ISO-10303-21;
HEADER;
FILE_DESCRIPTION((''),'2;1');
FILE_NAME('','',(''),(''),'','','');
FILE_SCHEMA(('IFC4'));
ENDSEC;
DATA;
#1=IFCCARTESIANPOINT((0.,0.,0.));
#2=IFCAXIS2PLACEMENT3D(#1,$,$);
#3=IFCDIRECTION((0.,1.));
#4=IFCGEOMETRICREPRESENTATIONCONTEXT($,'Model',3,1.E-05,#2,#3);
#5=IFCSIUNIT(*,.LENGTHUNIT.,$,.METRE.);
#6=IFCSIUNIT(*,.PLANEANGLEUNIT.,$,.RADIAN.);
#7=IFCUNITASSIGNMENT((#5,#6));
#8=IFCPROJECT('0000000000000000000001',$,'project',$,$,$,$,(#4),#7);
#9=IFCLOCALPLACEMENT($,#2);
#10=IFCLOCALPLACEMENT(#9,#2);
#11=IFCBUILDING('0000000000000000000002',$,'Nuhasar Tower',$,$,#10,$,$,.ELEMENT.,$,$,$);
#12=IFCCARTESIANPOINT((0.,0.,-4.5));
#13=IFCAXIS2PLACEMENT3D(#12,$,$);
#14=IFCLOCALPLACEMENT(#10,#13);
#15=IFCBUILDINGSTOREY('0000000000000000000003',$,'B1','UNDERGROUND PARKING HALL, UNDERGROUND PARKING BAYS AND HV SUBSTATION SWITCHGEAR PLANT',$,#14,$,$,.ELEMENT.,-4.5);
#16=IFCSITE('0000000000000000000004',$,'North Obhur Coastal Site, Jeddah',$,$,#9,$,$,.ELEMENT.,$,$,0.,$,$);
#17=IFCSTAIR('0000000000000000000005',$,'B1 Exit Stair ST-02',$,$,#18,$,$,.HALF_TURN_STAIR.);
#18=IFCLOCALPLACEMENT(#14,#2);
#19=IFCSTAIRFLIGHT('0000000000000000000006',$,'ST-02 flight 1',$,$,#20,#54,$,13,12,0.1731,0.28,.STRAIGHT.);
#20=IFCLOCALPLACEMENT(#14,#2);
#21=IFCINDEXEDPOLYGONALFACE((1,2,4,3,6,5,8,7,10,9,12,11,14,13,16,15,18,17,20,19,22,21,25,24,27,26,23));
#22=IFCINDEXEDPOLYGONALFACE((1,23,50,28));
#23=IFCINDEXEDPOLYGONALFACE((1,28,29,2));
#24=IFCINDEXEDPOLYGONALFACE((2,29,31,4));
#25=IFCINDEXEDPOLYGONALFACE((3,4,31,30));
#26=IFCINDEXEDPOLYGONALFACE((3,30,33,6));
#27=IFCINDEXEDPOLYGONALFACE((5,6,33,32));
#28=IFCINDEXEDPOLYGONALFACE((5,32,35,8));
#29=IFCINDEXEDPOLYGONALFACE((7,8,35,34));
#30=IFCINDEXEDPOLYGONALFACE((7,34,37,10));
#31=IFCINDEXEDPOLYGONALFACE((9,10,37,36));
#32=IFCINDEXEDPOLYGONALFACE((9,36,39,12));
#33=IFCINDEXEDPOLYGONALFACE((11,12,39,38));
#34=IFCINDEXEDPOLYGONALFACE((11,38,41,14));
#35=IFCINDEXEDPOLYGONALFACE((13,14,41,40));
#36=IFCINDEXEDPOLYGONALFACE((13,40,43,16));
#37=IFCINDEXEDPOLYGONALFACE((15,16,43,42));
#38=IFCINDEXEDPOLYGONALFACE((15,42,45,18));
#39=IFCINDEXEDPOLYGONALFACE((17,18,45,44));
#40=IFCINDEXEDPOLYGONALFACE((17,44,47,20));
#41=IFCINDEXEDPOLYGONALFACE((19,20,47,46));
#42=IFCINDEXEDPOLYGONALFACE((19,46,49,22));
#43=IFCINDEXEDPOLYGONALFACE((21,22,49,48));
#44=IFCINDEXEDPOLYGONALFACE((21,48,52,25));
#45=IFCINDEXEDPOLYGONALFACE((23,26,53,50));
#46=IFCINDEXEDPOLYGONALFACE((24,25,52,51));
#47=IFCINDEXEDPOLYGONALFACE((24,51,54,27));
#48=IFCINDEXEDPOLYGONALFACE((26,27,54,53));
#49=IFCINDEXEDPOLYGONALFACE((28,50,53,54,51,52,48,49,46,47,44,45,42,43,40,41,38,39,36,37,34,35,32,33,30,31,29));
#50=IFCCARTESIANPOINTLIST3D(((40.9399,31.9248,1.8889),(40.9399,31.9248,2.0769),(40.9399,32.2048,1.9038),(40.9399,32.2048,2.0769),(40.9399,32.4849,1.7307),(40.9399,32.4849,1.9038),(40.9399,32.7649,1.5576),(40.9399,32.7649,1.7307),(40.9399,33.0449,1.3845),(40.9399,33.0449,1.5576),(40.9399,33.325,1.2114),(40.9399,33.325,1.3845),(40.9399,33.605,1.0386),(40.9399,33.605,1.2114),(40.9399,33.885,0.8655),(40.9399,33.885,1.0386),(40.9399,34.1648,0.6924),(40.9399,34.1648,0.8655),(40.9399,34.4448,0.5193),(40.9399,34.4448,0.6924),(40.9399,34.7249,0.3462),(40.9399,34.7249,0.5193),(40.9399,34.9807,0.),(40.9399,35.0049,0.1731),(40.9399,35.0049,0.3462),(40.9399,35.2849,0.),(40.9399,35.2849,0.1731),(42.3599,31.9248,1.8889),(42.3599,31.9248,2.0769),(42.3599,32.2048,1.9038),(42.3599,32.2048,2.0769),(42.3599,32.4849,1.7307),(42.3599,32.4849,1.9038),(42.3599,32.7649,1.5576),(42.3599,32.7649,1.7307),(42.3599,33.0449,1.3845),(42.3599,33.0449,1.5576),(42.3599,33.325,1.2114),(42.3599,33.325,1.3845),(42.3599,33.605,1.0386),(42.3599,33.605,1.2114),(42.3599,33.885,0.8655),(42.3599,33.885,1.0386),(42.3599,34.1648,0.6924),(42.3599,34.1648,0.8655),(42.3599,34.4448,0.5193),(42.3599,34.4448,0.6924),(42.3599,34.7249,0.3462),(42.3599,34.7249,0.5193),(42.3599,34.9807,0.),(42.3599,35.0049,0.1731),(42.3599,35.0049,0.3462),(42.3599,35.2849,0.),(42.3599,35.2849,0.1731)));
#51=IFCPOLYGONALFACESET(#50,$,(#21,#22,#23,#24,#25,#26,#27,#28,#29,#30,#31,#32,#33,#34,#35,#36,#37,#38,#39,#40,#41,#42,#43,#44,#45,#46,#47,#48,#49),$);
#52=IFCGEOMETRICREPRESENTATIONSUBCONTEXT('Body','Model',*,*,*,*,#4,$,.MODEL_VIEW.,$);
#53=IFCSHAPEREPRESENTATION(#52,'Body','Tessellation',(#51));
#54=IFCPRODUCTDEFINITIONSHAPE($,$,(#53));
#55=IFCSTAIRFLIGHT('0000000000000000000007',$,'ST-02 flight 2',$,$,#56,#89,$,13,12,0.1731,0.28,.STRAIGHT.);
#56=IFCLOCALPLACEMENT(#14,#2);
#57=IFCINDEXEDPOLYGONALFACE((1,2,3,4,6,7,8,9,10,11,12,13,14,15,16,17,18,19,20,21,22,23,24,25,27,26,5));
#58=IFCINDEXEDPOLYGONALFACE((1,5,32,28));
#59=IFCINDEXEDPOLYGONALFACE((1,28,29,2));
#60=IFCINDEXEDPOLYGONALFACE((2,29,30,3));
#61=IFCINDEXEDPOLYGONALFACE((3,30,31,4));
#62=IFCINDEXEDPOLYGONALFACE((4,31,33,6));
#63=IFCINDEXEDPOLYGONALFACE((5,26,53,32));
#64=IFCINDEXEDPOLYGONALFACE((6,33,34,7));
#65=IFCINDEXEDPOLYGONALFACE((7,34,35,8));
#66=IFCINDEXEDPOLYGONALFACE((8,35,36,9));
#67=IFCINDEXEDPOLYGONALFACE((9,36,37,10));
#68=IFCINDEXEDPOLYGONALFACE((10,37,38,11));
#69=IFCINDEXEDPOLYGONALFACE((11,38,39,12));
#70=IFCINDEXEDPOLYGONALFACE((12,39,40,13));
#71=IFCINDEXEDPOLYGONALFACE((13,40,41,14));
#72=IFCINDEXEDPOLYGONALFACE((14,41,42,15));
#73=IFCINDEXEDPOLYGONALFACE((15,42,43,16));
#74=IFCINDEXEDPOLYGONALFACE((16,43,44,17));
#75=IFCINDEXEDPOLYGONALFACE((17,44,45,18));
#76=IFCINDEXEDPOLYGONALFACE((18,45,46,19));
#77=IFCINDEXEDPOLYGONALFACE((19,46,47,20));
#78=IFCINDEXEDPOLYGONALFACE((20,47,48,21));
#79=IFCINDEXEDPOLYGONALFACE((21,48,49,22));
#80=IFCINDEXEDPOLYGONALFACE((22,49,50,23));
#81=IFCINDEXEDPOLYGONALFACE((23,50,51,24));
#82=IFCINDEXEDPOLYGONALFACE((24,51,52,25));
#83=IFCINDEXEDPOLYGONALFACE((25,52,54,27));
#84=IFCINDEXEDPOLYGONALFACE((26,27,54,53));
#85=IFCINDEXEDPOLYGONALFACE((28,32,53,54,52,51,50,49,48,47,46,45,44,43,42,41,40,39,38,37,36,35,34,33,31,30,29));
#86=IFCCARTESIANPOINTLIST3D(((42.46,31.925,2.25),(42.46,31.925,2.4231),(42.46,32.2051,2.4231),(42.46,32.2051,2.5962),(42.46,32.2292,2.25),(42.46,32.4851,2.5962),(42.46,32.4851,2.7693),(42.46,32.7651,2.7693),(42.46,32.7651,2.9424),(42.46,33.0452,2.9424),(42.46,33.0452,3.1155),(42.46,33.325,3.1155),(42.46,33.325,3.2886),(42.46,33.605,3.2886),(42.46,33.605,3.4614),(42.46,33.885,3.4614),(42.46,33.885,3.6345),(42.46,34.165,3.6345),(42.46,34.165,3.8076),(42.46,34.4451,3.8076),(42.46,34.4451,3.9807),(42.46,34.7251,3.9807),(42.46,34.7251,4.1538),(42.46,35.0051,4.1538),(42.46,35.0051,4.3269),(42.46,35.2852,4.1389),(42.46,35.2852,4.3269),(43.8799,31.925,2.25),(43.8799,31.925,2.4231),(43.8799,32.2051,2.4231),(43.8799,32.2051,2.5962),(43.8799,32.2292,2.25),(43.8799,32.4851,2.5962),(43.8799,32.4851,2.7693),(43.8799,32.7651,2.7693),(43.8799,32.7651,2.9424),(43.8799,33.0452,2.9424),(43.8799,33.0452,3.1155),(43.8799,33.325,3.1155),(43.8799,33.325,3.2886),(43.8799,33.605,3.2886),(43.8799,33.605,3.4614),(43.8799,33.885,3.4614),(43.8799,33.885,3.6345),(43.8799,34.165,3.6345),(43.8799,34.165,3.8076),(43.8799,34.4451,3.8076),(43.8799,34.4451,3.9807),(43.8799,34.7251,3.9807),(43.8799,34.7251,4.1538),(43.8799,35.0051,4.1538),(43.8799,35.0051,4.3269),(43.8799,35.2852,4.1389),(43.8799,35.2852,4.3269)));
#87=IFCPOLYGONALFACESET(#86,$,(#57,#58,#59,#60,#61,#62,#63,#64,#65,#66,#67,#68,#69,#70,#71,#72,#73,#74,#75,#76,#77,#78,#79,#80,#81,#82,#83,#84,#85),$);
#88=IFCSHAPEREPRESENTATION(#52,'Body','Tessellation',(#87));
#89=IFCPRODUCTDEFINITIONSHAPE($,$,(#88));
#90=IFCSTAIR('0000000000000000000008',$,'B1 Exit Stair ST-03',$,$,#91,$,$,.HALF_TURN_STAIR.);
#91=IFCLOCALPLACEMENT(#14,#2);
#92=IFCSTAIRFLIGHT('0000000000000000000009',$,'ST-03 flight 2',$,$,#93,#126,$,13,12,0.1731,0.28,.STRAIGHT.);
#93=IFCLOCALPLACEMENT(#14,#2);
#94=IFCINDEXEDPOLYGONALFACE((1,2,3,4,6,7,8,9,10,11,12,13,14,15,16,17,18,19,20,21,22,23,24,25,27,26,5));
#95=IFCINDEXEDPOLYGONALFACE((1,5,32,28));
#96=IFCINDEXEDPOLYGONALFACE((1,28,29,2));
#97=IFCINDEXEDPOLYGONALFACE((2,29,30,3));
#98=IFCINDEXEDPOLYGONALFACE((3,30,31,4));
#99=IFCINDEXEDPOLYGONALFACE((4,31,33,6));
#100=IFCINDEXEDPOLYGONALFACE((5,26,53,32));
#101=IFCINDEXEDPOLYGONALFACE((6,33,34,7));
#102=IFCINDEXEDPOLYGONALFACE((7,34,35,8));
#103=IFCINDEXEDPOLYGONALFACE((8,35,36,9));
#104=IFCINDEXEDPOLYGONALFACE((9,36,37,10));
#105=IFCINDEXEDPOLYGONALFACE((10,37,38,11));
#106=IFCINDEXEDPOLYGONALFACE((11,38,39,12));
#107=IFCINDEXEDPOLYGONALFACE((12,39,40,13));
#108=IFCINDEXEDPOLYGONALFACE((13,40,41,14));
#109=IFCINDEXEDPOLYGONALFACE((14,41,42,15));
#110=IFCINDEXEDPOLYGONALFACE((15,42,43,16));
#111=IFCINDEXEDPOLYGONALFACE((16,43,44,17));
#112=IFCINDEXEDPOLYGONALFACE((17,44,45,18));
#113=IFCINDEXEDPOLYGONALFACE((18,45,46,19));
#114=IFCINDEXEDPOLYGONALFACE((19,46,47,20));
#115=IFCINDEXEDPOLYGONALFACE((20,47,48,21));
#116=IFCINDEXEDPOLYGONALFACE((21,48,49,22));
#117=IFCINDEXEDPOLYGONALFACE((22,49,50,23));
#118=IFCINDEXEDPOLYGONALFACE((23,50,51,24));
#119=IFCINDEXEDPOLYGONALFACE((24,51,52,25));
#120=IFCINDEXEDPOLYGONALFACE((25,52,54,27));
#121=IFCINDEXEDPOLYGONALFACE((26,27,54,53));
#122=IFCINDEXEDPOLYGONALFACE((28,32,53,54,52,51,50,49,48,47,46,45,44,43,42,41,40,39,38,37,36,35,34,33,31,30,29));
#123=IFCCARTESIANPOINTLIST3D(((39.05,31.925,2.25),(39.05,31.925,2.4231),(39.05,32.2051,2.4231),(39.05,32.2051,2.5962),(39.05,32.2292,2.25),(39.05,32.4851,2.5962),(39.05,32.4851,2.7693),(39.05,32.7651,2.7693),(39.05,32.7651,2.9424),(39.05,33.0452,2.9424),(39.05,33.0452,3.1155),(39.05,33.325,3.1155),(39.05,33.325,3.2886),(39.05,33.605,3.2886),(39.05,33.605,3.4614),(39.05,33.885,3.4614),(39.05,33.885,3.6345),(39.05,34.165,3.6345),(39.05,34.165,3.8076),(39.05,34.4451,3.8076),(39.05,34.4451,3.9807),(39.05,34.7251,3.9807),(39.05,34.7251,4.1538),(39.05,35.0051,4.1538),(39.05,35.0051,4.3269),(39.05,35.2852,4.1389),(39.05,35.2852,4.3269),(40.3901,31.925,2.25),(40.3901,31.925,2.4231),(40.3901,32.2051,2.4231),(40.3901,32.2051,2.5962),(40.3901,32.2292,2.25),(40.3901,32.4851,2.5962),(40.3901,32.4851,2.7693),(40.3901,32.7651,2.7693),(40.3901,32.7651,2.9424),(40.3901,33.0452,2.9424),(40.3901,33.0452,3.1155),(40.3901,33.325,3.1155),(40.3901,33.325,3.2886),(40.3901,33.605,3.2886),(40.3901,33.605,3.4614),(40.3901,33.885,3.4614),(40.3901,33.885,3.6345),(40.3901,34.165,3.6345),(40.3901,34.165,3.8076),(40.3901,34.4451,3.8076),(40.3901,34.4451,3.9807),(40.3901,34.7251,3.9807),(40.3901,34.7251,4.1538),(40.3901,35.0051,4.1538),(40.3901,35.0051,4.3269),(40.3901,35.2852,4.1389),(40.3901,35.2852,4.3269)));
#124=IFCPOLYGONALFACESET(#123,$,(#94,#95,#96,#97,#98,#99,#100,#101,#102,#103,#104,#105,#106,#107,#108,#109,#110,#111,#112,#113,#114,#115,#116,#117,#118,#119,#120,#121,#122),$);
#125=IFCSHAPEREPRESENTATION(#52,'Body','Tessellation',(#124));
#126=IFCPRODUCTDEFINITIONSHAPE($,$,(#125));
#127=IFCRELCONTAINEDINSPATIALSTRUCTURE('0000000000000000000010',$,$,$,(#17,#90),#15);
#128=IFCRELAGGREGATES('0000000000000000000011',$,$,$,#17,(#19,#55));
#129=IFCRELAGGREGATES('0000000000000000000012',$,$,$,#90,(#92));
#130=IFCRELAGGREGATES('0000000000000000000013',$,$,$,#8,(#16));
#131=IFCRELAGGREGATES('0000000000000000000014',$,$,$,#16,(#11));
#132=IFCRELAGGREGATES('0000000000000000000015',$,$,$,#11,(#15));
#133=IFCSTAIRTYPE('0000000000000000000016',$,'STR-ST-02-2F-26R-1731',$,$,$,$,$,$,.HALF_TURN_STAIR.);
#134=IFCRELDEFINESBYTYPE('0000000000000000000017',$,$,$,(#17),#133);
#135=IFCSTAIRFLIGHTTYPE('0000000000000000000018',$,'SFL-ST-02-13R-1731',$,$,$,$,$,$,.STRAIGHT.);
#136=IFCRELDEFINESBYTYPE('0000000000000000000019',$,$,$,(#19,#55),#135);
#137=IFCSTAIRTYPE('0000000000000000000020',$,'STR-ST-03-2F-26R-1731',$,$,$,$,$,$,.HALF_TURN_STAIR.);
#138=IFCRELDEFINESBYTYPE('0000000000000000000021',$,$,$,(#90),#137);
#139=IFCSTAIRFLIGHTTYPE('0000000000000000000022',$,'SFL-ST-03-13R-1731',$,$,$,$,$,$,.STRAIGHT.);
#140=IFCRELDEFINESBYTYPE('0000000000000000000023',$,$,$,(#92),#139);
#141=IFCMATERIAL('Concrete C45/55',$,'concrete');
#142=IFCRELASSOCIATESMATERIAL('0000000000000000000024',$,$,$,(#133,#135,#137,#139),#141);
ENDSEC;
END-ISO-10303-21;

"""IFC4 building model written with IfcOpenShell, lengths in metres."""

from ifc_helpers import new_model, si_unit, direction, frame, origin, place, context, subcontext, project, spatial, polyline, outline, extrude, material, type_object, element, aggregate, save


model = new_model("IFC4")

# Units and contexts
model_context = context("Model", 3, precision=1e-05, world=origin(), true_north=direction((0.0, 1.0)))
body_context = subcontext(model_context, "Body", "Model", "MODEL_VIEW")
ifc_project = project(units=[si_unit("LENGTHUNIT", "METRE"), si_unit("PLANEANGLEUNIT", "RADIAN")], contexts=[model_context])

# Site, building, storey
site_placement = place(None, origin())
site = spatial("IfcSite", under=ifc_project, at=site_placement, Name="North Obhur Coastal Site, Jeddah", CompositionType="ELEMENT", RefElevation=0.0)
building_placement = place(site_placement, origin())
building = spatial("IfcBuilding", under=site, at=building_placement, Name="Nuhasar Tower", CompositionType="ELEMENT")
storey_placement = place(building_placement, frame((0.0, 0.0, -4.5)))
storey = spatial("IfcBuildingStorey", under=building, at=storey_placement, Name="B1", Description="UNDERGROUND PARKING HALL, UNDERGROUND PARKING BAYS AND HV SUBSTATION SWITCHGEAR PLANT", CompositionType="ELEMENT", Elevation=-4.5)

# Shared definitions
ifc_material_1 = material(Name="Concrete C45/55", Category="concrete")

# Stair, stair flights
stair_type_1 = type_object("IfcStairType", Name="STR-ST-02-2F-26R-1731", PredefinedType="HALF_TURN_STAIR", material=ifc_material_1)
stair_1_placement = place(storey_placement, origin())
stair_1 = element("IfcStair", 1, at=stair_1_placement, inside=storey, type_object=stair_type_1, Name="B1 Exit Stair ST-02", PredefinedType="HALF_TURN_STAIR")
stair_flight_type_1 = type_object("IfcStairFlightType", Name="SFL-ST-02-13R-1731", PredefinedType="STRAIGHT", material=ifc_material_1)
stair_flight_1_placement = place(storey_placement, frame((41.6499, 35.2849, 0.0), z_axis=(0.0, 0.0, 1.0), x_axis=(0.0, -1.0, 0.0)))
stair_flight_1 = element("IfcStairFlight", 2, at=stair_flight_1_placement, type_object=stair_flight_type_1, Name="ST-02 flight 1", NumberOfRisers=13, NumberOfTreads=12, PredefinedType="STRAIGHT", RiserHeight=0.1731, TreadLength=0.28, context=body_context, shape_type="SweptSolid", body=[
    extrude(outline(polyline([(0.0, 0.0), (0.0, 0.1731), (0.28, 0.1731), (0.28, 0.3462), (0.5601, 0.3462), (0.5601, 0.5193), (0.8401, 0.5193), (0.8401, 0.6924), (1.1201, 0.6924), (1.1201, 0.8655), (1.3999, 0.8655), (1.3999, 1.0386), (1.6799, 1.0386), (1.6799, 1.2114), (1.96, 1.2114), (1.96, 1.3845), (2.24, 1.3845), (2.24, 1.5576), (2.52, 1.5576), (2.52, 1.7307), (2.8, 1.7307), (2.8, 1.9038), (3.0801, 1.9038), (3.0801, 2.0769), (3.3601, 2.0769), (3.3601, 2.25), (3.3601, 1.8889), (0.3042, 0.0), (0.0, 0.0)])), frame((0.0, 0.71, 0.0), z_axis=(0.0, -1.0, 0.0), x_axis=(1.0, 0.0, 0.0)), (0.0, 0.0, 1.0), 1.4199),
])
stair_flight_2_placement = place(storey_placement, frame((43.1699, 31.925, 2.25), z_axis=(0.0, 0.0, 1.0), x_axis=(0.0, 1.0, 0.0)))
stair_flight_2 = element("IfcStairFlight", 3, at=stair_flight_2_placement, type_object=stair_flight_type_1, Name="ST-02 flight 2", NumberOfRisers=13, NumberOfTreads=12, PredefinedType="STRAIGHT", RiserHeight=0.1731, TreadLength=0.28, context=body_context, shape_type="SweptSolid", body=[
    extrude(outline(polyline([(0.0, 0.0), (0.0, 0.1731), (0.28, 0.1731), (0.28, 0.3462), (0.5601, 0.3462), (0.5601, 0.5193), (0.8401, 0.5193), (0.8401, 0.6924), (1.1201, 0.6924), (1.1201, 0.8655), (1.3999, 0.8655), (1.3999, 1.0386), (1.6799, 1.0386), (1.6799, 1.2114), (1.96, 1.2114), (1.96, 1.3845), (2.24, 1.3845), (2.24, 1.5576), (2.52, 1.5576), (2.52, 1.7307), (2.8, 1.7307), (2.8, 1.9038), (3.0801, 1.9038), (3.0801, 2.0769), (3.3601, 2.0769), (3.3601, 2.25), (3.3601, 1.8889), (0.3042, 0.0), (0.0, 0.0)])), frame((0.0, 0.71, 0.0), z_axis=(0.0, -1.0, 0.0), x_axis=(1.0, 0.0, 0.0)), (0.0, 0.0, 1.0), 1.4199),
])
aggregate(stair_1, [stair_flight_1, stair_flight_2])

# Stair, stair flight
stair_type_2 = type_object("IfcStairType", Name="STR-ST-03-2F-26R-1731", PredefinedType="HALF_TURN_STAIR", material=ifc_material_1)
stair_2_placement = place(storey_placement, origin())
stair_2 = element("IfcStair", 4, at=stair_2_placement, inside=storey, type_object=stair_type_2, Name="B1 Exit Stair ST-03", PredefinedType="HALF_TURN_STAIR")
stair_flight_type_2 = type_object("IfcStairFlightType", Name="SFL-ST-03-13R-1731", PredefinedType="STRAIGHT", material=ifc_material_1)
stair_flight_3_placement = place(storey_placement, frame((39.72, 31.925, 2.25), z_axis=(0.0, 0.0, 1.0), x_axis=(0.0, 1.0, 0.0)))
stair_flight_3 = element("IfcStairFlight", 5, at=stair_flight_3_placement, type_object=stair_flight_type_2, Name="ST-03 flight 2", NumberOfRisers=13, NumberOfTreads=12, PredefinedType="STRAIGHT", RiserHeight=0.1731, TreadLength=0.28, context=body_context, shape_type="SweptSolid", body=[
    extrude(outline(polyline([(0.0, 0.0), (0.0, 0.1731), (0.28, 0.1731), (0.28, 0.3462), (0.5601, 0.3462), (0.5601, 0.5193), (0.8401, 0.5193), (0.8401, 0.6924), (1.1201, 0.6924), (1.1201, 0.8655), (1.3999, 0.8655), (1.3999, 1.0386), (1.6799, 1.0386), (1.6799, 1.2114), (1.96, 1.2114), (1.96, 1.3845), (2.24, 1.3845), (2.24, 1.5576), (2.52, 1.5576), (2.52, 1.7307), (2.8, 1.7307), (2.8, 1.9038), (3.0801, 1.9038), (3.0801, 2.0769), (3.3601, 2.0769), (3.3601, 2.25), (3.3601, 1.8889), (0.3042, 0.0), (0.0, 0.0)])), frame((0.0, 0.6699, 0.0), z_axis=(0.0, -1.0, 0.0), x_axis=(1.0, 0.0, 0.0)), (0.0, 0.0, 1.0), 1.3401),
])
aggregate(stair_2, [stair_flight_3])

save(model, "model.ifc")
